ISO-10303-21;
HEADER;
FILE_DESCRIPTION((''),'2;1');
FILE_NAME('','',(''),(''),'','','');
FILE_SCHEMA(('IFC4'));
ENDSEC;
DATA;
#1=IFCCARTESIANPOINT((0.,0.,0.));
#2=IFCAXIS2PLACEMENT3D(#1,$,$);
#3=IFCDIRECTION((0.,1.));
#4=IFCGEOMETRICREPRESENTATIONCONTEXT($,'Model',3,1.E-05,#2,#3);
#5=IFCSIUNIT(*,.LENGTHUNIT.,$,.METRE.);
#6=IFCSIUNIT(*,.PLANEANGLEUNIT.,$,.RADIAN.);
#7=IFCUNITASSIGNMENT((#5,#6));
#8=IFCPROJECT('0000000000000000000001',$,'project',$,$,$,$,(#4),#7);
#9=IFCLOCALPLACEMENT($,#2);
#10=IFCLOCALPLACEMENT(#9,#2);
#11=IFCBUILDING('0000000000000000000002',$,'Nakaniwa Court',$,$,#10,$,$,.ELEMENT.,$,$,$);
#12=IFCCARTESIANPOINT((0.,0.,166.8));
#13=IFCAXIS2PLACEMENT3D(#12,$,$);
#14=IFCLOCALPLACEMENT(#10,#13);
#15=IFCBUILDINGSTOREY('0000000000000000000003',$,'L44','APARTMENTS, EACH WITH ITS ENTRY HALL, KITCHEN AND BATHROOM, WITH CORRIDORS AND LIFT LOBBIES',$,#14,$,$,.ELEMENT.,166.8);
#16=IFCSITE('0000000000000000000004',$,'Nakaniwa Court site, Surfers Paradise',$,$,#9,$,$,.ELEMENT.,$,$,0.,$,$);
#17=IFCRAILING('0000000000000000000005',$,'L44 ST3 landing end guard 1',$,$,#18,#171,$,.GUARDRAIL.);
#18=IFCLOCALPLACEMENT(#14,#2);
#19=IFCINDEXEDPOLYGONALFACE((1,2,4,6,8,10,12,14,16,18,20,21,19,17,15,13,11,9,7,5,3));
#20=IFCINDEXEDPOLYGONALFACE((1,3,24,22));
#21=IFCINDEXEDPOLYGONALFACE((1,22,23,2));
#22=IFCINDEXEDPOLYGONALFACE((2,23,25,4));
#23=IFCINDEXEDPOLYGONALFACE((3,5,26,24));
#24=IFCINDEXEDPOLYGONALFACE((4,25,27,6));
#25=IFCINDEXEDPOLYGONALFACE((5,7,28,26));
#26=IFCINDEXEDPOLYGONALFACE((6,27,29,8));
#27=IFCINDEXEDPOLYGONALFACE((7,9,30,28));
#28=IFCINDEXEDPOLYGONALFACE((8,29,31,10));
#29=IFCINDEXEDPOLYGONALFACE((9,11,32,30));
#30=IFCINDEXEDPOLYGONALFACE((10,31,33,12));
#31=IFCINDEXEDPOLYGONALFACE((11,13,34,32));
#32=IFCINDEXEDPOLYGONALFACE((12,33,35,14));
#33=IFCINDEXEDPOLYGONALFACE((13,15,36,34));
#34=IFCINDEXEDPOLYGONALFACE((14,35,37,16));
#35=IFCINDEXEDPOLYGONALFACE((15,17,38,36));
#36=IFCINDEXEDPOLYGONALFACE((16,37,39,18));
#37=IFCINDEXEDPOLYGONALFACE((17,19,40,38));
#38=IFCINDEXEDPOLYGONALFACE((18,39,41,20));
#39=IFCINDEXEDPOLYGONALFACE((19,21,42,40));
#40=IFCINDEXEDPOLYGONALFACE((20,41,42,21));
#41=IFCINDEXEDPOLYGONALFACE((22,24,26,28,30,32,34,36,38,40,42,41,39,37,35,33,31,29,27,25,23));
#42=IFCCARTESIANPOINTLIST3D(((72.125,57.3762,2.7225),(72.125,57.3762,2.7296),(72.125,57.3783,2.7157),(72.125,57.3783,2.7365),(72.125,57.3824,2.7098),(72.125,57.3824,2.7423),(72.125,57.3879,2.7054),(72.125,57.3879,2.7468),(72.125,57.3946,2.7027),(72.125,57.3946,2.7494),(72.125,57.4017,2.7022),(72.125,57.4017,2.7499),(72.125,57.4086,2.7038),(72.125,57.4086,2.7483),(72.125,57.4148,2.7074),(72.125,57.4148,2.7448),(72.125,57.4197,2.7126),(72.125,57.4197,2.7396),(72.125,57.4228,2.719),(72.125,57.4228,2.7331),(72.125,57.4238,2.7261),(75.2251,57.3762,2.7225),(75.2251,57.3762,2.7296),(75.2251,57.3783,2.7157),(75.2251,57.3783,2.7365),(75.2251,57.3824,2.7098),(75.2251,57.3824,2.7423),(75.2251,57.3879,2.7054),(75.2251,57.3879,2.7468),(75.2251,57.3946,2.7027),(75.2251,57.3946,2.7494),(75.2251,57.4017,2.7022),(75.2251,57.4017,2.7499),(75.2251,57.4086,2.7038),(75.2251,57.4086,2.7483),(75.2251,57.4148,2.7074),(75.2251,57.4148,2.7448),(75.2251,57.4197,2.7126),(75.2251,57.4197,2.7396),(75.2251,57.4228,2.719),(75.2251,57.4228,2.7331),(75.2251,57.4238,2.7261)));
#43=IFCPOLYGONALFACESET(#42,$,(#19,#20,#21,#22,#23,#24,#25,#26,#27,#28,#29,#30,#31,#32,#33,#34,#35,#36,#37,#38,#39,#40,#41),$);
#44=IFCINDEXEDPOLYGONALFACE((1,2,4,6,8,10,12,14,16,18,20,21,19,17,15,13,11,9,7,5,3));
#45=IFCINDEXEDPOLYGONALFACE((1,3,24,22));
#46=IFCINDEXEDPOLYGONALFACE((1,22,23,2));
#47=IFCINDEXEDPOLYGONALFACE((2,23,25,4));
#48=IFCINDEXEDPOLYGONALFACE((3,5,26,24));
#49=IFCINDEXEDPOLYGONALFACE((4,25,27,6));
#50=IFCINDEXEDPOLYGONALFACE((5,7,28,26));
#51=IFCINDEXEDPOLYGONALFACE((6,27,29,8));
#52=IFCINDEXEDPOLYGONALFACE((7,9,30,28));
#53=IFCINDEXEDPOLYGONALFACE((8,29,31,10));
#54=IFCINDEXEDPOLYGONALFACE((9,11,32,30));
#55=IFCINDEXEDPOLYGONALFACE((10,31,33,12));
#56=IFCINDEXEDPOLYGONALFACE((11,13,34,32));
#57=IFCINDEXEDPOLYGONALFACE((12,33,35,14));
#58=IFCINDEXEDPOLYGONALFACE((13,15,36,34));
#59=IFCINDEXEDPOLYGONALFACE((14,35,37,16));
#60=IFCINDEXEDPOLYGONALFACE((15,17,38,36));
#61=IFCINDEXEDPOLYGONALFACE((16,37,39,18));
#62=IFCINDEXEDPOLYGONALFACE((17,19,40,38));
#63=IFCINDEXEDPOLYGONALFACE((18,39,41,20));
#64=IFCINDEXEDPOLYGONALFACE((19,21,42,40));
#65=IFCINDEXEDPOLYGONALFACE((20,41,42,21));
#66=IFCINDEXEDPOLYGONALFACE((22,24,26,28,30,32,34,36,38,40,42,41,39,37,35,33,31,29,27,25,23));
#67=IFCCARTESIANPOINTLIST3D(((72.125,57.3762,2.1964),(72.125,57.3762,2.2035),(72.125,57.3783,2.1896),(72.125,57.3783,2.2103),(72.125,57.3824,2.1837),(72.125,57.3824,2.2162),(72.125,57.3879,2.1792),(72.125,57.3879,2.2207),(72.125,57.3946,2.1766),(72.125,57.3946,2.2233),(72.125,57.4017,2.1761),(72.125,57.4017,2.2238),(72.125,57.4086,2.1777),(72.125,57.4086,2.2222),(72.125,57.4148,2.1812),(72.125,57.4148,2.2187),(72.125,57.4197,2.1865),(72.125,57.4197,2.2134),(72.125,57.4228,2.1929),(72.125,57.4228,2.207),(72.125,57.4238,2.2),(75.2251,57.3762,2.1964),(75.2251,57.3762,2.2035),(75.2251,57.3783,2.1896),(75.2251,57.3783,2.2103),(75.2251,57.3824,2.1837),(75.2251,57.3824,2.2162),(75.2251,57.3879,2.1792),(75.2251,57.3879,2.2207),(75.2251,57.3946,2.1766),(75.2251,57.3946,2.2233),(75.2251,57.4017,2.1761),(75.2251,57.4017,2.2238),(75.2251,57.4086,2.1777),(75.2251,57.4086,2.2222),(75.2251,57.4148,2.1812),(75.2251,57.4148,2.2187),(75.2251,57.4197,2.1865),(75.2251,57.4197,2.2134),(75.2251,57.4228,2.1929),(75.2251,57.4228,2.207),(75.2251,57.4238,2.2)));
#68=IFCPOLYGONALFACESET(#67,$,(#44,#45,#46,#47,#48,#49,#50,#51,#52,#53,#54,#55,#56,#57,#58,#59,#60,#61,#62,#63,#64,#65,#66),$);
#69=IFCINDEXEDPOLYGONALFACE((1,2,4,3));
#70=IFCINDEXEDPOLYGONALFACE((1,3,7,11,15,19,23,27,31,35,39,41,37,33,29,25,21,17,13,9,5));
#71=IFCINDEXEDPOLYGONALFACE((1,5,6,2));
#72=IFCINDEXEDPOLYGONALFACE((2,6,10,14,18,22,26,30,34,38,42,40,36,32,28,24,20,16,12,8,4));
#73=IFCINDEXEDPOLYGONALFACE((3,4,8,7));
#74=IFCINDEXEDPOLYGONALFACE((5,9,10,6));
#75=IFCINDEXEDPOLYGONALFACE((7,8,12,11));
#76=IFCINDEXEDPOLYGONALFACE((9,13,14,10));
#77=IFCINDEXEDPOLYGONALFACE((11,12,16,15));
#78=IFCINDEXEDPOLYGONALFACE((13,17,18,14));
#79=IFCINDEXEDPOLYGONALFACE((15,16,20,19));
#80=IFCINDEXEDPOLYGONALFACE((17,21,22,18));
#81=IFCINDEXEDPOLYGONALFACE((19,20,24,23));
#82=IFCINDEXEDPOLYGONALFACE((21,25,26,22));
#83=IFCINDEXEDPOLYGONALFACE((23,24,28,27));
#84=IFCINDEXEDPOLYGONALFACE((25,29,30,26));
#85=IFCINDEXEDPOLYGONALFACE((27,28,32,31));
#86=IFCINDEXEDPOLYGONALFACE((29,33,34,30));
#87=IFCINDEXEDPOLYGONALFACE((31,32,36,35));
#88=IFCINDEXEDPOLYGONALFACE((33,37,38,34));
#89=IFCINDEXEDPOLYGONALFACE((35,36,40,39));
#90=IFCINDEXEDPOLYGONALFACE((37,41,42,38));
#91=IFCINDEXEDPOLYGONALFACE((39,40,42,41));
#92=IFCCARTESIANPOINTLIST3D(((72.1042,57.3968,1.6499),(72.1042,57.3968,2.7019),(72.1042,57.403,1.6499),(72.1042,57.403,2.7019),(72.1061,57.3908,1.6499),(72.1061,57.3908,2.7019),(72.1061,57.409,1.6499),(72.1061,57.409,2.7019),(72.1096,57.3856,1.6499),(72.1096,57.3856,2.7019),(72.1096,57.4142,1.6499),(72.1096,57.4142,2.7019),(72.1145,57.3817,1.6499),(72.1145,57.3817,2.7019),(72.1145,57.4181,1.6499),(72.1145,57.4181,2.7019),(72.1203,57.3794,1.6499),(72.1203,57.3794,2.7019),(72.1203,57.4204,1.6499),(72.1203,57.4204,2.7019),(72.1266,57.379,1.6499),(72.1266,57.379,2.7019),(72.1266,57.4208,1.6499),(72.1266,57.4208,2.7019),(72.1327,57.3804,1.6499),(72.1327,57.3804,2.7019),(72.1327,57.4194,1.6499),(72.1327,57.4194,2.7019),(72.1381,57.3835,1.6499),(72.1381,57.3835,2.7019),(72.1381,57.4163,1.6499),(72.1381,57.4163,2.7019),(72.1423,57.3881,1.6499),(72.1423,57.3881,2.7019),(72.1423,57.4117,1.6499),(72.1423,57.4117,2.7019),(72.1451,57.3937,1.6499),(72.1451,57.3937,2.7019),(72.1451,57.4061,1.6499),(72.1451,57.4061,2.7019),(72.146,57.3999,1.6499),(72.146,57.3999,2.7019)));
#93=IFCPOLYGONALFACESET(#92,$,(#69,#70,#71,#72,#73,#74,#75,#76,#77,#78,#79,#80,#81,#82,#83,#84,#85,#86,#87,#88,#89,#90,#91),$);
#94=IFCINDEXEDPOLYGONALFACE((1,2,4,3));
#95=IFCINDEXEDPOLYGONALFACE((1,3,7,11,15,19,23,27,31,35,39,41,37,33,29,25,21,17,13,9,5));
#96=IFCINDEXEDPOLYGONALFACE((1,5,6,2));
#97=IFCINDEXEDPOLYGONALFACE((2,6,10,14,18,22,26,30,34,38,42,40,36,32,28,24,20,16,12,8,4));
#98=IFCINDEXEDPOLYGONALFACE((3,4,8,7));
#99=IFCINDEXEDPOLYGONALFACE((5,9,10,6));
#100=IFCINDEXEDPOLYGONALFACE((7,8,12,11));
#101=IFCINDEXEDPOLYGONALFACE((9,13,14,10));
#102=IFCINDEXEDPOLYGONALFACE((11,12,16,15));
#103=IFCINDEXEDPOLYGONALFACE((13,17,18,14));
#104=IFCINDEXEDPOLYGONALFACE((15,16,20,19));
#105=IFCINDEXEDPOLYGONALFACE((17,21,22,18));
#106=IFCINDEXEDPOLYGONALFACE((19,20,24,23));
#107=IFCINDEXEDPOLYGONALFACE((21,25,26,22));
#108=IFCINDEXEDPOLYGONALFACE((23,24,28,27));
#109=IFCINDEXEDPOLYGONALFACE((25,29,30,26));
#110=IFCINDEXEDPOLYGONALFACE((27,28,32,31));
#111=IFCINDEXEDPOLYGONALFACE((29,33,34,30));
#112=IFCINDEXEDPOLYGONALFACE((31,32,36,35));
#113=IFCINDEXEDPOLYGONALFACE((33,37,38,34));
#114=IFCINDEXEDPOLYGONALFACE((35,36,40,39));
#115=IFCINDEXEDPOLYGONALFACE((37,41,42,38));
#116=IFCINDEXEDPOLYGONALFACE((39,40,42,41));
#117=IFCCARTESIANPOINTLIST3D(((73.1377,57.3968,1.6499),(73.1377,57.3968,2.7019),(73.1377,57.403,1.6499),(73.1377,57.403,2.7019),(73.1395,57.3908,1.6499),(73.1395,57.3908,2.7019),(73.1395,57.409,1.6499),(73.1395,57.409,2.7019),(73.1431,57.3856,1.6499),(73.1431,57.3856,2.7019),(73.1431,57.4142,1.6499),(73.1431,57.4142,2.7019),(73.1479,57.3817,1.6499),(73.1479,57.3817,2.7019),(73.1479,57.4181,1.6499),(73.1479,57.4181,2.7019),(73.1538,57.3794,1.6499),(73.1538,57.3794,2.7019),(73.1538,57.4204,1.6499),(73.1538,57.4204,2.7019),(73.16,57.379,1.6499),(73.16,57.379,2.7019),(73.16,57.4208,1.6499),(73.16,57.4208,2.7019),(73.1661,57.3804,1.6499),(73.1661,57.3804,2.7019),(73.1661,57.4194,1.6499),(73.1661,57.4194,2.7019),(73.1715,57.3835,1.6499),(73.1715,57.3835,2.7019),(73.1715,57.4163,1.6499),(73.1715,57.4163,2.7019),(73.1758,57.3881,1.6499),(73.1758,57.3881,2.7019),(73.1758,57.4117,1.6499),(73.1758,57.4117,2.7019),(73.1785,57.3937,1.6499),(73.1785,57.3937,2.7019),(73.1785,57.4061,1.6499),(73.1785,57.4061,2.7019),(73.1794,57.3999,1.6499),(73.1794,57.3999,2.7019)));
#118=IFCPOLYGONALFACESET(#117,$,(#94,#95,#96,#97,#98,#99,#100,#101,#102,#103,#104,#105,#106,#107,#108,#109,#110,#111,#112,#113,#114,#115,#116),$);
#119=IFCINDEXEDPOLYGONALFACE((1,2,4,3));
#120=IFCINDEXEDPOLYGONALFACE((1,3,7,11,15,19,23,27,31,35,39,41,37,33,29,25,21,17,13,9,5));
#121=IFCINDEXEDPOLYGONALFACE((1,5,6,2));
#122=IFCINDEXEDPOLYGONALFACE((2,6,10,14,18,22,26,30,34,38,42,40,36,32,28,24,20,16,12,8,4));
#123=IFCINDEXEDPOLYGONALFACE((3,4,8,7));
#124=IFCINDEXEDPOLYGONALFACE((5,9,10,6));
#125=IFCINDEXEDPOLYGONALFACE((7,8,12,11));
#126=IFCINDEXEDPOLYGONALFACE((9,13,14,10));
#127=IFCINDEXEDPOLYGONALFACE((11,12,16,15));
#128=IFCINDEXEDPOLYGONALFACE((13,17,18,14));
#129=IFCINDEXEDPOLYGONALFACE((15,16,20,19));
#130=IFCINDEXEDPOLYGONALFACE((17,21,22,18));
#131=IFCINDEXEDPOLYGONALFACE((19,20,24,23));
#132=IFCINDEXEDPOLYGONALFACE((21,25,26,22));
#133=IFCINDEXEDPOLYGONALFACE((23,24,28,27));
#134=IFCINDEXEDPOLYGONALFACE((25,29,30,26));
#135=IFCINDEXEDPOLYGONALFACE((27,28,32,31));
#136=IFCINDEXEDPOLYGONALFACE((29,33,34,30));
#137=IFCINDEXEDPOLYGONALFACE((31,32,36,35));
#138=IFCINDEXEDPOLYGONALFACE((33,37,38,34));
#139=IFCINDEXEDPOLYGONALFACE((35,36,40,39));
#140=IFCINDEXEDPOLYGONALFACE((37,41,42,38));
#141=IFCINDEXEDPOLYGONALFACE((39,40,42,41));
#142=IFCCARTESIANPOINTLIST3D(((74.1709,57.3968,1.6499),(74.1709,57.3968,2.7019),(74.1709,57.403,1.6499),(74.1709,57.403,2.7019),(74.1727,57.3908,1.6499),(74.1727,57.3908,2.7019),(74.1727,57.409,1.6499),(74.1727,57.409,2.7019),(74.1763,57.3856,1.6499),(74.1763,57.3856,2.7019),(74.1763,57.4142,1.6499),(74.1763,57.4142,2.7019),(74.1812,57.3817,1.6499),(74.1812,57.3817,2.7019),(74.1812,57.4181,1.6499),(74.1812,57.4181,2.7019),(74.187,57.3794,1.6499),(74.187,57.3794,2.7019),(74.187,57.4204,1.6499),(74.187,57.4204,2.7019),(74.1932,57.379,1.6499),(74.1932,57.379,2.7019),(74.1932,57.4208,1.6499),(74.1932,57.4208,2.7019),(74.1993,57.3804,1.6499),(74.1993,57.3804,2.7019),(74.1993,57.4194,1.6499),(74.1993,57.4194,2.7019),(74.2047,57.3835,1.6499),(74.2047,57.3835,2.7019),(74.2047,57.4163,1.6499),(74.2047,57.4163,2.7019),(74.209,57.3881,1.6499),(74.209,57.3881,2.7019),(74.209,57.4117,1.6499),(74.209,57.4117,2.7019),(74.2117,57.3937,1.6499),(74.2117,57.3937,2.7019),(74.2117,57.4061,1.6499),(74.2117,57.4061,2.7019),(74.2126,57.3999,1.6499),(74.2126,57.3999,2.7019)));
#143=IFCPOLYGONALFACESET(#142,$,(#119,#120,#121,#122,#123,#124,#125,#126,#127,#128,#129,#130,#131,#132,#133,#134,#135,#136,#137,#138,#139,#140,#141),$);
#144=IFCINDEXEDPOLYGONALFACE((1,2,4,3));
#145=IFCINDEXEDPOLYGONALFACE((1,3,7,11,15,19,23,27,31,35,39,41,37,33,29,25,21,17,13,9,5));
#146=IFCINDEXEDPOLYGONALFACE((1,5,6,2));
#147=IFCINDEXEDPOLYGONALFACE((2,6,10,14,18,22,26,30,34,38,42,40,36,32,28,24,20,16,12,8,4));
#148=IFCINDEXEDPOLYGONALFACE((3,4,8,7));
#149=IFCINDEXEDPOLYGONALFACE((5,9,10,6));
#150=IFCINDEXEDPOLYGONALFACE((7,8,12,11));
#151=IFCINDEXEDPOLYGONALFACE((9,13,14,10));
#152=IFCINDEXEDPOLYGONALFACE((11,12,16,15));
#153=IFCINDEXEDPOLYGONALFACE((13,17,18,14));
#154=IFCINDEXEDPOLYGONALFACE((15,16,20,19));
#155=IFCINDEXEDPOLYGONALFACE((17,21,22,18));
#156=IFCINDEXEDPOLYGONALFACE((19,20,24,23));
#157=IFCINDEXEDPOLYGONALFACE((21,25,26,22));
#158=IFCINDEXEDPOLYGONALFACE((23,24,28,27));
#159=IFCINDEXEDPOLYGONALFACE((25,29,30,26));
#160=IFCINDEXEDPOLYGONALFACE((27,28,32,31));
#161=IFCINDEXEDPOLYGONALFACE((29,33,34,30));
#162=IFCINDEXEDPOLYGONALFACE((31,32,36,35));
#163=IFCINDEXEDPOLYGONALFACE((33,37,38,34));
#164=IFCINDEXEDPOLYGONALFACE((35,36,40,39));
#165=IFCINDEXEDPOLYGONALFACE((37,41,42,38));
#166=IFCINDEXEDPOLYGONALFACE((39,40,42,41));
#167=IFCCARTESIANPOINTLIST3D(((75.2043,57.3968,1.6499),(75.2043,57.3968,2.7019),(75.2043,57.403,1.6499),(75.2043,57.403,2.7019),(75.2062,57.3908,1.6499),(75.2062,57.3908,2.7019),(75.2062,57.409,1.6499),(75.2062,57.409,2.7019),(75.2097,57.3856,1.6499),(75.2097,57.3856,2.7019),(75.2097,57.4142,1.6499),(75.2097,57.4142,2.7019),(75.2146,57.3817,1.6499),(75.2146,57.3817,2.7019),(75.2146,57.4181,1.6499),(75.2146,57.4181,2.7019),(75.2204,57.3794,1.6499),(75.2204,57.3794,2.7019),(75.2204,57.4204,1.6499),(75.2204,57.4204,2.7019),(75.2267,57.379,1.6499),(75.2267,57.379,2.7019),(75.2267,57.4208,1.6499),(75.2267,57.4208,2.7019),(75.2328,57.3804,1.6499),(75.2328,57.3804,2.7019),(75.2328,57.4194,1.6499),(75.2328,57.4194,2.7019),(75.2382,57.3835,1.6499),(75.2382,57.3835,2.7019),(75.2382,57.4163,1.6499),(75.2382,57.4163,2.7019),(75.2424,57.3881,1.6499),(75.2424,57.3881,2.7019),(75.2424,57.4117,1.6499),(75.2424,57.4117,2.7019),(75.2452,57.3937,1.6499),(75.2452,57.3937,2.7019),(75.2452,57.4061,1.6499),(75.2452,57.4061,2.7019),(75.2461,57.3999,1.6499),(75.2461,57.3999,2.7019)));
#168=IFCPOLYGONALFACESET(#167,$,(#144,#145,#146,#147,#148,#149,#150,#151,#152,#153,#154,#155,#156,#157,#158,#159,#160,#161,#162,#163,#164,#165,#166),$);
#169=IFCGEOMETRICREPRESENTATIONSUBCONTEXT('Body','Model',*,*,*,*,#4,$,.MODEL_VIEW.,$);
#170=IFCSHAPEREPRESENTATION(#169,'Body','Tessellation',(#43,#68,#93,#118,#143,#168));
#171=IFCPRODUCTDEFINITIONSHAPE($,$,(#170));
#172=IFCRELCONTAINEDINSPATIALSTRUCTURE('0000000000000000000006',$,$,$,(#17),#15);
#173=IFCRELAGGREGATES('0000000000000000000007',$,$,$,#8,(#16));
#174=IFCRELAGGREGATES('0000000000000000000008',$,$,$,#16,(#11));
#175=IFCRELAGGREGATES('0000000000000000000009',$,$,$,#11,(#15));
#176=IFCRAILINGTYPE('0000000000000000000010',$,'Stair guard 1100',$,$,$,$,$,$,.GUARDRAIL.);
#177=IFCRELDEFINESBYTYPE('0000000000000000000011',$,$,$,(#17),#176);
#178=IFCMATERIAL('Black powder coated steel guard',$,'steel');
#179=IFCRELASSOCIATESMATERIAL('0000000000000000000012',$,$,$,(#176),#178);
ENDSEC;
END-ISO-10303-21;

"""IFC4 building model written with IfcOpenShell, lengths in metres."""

from ifc_helpers import new_model, si_unit, direction, frame, origin, origin_2d, place, context, subcontext, project, spatial, circle, extrude, material, type_object, element, save


model = new_model("IFC4")

# Units and contexts
model_context = context("Model", 3, precision=1e-05, world=origin(), true_north=direction((0.0, 1.0)))
body_context = subcontext(model_context, "Body", "Model", "MODEL_VIEW")
ifc_project = project(units=[si_unit("LENGTHUNIT", "METRE"), si_unit("PLANEANGLEUNIT", "RADIAN")], contexts=[model_context])

# Site, building, storey
site_placement = place(None, origin())
site = spatial("IfcSite", under=ifc_project, at=site_placement, Name="Nakaniwa Court site, Surfers Paradise", CompositionType="ELEMENT", RefElevation=0.0)
building_placement = place(site_placement, origin())
building = spatial("IfcBuilding", under=site, at=building_placement, Name="Nakaniwa Court", CompositionType="ELEMENT")
storey_placement = place(building_placement, frame((0.0, 0.0, 166.8)))
storey = spatial("IfcBuildingStorey", under=building, at=storey_placement, Name="L44", Description="APARTMENTS, EACH WITH ITS ENTRY HALL, KITCHEN AND BATHROOM, WITH CORRIDORS AND LIFT LOBBIES", CompositionType="ELEMENT", Elevation=166.8)

# Railing
ifc_material_1 = material(Name="Black powder coated steel guard", Category="steel")
railing_type_1 = type_object("IfcRailingType", Name="Stair guard 1100", PredefinedType="GUARDRAIL", material=ifc_material_1)
railing_1_placement = place(storey_placement, frame((72.125, 57.3999, 1.6499)))
element("IfcRailing", 1, at=railing_1_placement, inside=storey, type_object=railing_type_1, Name="L44 ST3 landing end guard 1", PredefinedType="GUARDRAIL", context=body_context, shape_type="SweptSolid", body=[
    extrude(circle(Radius=0.0239, at=origin_2d()), frame((0.0, 0.0, 1.0762), z_axis=(1.0, 0.0, 0.0), x_axis=(0.0, 1.0, 0.0)), (0.0, 0.0, 1.0), 3.1001),
    extrude(circle(Radius=0.0239, at=origin_2d()), frame((0.0, 0.0, 0.55), z_axis=(1.0, 0.0, 0.0), x_axis=(0.0, 1.0, 0.0)), (0.0, 0.0, 1.0), 3.1001),
    extrude(circle(Radius=0.021, at=origin_2d()), origin(), (0.0, 0.0, 1.0), 1.052),
    extrude(circle(Radius=0.021, at=origin_2d()), frame((1.0334, 0.0, 0.0)), (0.0, 0.0, 1.0), 1.052),
    extrude(circle(Radius=0.021, at=origin_2d()), frame((2.0667, 0.0, 0.0)), (0.0, 0.0, 1.0), 1.052),
    extrude(circle(Radius=0.021, at=origin_2d()), frame((3.1001, 0.0, 0.0)), (0.0, 0.0, 1.0), 1.052),
])

save(model, "model.ifc")
